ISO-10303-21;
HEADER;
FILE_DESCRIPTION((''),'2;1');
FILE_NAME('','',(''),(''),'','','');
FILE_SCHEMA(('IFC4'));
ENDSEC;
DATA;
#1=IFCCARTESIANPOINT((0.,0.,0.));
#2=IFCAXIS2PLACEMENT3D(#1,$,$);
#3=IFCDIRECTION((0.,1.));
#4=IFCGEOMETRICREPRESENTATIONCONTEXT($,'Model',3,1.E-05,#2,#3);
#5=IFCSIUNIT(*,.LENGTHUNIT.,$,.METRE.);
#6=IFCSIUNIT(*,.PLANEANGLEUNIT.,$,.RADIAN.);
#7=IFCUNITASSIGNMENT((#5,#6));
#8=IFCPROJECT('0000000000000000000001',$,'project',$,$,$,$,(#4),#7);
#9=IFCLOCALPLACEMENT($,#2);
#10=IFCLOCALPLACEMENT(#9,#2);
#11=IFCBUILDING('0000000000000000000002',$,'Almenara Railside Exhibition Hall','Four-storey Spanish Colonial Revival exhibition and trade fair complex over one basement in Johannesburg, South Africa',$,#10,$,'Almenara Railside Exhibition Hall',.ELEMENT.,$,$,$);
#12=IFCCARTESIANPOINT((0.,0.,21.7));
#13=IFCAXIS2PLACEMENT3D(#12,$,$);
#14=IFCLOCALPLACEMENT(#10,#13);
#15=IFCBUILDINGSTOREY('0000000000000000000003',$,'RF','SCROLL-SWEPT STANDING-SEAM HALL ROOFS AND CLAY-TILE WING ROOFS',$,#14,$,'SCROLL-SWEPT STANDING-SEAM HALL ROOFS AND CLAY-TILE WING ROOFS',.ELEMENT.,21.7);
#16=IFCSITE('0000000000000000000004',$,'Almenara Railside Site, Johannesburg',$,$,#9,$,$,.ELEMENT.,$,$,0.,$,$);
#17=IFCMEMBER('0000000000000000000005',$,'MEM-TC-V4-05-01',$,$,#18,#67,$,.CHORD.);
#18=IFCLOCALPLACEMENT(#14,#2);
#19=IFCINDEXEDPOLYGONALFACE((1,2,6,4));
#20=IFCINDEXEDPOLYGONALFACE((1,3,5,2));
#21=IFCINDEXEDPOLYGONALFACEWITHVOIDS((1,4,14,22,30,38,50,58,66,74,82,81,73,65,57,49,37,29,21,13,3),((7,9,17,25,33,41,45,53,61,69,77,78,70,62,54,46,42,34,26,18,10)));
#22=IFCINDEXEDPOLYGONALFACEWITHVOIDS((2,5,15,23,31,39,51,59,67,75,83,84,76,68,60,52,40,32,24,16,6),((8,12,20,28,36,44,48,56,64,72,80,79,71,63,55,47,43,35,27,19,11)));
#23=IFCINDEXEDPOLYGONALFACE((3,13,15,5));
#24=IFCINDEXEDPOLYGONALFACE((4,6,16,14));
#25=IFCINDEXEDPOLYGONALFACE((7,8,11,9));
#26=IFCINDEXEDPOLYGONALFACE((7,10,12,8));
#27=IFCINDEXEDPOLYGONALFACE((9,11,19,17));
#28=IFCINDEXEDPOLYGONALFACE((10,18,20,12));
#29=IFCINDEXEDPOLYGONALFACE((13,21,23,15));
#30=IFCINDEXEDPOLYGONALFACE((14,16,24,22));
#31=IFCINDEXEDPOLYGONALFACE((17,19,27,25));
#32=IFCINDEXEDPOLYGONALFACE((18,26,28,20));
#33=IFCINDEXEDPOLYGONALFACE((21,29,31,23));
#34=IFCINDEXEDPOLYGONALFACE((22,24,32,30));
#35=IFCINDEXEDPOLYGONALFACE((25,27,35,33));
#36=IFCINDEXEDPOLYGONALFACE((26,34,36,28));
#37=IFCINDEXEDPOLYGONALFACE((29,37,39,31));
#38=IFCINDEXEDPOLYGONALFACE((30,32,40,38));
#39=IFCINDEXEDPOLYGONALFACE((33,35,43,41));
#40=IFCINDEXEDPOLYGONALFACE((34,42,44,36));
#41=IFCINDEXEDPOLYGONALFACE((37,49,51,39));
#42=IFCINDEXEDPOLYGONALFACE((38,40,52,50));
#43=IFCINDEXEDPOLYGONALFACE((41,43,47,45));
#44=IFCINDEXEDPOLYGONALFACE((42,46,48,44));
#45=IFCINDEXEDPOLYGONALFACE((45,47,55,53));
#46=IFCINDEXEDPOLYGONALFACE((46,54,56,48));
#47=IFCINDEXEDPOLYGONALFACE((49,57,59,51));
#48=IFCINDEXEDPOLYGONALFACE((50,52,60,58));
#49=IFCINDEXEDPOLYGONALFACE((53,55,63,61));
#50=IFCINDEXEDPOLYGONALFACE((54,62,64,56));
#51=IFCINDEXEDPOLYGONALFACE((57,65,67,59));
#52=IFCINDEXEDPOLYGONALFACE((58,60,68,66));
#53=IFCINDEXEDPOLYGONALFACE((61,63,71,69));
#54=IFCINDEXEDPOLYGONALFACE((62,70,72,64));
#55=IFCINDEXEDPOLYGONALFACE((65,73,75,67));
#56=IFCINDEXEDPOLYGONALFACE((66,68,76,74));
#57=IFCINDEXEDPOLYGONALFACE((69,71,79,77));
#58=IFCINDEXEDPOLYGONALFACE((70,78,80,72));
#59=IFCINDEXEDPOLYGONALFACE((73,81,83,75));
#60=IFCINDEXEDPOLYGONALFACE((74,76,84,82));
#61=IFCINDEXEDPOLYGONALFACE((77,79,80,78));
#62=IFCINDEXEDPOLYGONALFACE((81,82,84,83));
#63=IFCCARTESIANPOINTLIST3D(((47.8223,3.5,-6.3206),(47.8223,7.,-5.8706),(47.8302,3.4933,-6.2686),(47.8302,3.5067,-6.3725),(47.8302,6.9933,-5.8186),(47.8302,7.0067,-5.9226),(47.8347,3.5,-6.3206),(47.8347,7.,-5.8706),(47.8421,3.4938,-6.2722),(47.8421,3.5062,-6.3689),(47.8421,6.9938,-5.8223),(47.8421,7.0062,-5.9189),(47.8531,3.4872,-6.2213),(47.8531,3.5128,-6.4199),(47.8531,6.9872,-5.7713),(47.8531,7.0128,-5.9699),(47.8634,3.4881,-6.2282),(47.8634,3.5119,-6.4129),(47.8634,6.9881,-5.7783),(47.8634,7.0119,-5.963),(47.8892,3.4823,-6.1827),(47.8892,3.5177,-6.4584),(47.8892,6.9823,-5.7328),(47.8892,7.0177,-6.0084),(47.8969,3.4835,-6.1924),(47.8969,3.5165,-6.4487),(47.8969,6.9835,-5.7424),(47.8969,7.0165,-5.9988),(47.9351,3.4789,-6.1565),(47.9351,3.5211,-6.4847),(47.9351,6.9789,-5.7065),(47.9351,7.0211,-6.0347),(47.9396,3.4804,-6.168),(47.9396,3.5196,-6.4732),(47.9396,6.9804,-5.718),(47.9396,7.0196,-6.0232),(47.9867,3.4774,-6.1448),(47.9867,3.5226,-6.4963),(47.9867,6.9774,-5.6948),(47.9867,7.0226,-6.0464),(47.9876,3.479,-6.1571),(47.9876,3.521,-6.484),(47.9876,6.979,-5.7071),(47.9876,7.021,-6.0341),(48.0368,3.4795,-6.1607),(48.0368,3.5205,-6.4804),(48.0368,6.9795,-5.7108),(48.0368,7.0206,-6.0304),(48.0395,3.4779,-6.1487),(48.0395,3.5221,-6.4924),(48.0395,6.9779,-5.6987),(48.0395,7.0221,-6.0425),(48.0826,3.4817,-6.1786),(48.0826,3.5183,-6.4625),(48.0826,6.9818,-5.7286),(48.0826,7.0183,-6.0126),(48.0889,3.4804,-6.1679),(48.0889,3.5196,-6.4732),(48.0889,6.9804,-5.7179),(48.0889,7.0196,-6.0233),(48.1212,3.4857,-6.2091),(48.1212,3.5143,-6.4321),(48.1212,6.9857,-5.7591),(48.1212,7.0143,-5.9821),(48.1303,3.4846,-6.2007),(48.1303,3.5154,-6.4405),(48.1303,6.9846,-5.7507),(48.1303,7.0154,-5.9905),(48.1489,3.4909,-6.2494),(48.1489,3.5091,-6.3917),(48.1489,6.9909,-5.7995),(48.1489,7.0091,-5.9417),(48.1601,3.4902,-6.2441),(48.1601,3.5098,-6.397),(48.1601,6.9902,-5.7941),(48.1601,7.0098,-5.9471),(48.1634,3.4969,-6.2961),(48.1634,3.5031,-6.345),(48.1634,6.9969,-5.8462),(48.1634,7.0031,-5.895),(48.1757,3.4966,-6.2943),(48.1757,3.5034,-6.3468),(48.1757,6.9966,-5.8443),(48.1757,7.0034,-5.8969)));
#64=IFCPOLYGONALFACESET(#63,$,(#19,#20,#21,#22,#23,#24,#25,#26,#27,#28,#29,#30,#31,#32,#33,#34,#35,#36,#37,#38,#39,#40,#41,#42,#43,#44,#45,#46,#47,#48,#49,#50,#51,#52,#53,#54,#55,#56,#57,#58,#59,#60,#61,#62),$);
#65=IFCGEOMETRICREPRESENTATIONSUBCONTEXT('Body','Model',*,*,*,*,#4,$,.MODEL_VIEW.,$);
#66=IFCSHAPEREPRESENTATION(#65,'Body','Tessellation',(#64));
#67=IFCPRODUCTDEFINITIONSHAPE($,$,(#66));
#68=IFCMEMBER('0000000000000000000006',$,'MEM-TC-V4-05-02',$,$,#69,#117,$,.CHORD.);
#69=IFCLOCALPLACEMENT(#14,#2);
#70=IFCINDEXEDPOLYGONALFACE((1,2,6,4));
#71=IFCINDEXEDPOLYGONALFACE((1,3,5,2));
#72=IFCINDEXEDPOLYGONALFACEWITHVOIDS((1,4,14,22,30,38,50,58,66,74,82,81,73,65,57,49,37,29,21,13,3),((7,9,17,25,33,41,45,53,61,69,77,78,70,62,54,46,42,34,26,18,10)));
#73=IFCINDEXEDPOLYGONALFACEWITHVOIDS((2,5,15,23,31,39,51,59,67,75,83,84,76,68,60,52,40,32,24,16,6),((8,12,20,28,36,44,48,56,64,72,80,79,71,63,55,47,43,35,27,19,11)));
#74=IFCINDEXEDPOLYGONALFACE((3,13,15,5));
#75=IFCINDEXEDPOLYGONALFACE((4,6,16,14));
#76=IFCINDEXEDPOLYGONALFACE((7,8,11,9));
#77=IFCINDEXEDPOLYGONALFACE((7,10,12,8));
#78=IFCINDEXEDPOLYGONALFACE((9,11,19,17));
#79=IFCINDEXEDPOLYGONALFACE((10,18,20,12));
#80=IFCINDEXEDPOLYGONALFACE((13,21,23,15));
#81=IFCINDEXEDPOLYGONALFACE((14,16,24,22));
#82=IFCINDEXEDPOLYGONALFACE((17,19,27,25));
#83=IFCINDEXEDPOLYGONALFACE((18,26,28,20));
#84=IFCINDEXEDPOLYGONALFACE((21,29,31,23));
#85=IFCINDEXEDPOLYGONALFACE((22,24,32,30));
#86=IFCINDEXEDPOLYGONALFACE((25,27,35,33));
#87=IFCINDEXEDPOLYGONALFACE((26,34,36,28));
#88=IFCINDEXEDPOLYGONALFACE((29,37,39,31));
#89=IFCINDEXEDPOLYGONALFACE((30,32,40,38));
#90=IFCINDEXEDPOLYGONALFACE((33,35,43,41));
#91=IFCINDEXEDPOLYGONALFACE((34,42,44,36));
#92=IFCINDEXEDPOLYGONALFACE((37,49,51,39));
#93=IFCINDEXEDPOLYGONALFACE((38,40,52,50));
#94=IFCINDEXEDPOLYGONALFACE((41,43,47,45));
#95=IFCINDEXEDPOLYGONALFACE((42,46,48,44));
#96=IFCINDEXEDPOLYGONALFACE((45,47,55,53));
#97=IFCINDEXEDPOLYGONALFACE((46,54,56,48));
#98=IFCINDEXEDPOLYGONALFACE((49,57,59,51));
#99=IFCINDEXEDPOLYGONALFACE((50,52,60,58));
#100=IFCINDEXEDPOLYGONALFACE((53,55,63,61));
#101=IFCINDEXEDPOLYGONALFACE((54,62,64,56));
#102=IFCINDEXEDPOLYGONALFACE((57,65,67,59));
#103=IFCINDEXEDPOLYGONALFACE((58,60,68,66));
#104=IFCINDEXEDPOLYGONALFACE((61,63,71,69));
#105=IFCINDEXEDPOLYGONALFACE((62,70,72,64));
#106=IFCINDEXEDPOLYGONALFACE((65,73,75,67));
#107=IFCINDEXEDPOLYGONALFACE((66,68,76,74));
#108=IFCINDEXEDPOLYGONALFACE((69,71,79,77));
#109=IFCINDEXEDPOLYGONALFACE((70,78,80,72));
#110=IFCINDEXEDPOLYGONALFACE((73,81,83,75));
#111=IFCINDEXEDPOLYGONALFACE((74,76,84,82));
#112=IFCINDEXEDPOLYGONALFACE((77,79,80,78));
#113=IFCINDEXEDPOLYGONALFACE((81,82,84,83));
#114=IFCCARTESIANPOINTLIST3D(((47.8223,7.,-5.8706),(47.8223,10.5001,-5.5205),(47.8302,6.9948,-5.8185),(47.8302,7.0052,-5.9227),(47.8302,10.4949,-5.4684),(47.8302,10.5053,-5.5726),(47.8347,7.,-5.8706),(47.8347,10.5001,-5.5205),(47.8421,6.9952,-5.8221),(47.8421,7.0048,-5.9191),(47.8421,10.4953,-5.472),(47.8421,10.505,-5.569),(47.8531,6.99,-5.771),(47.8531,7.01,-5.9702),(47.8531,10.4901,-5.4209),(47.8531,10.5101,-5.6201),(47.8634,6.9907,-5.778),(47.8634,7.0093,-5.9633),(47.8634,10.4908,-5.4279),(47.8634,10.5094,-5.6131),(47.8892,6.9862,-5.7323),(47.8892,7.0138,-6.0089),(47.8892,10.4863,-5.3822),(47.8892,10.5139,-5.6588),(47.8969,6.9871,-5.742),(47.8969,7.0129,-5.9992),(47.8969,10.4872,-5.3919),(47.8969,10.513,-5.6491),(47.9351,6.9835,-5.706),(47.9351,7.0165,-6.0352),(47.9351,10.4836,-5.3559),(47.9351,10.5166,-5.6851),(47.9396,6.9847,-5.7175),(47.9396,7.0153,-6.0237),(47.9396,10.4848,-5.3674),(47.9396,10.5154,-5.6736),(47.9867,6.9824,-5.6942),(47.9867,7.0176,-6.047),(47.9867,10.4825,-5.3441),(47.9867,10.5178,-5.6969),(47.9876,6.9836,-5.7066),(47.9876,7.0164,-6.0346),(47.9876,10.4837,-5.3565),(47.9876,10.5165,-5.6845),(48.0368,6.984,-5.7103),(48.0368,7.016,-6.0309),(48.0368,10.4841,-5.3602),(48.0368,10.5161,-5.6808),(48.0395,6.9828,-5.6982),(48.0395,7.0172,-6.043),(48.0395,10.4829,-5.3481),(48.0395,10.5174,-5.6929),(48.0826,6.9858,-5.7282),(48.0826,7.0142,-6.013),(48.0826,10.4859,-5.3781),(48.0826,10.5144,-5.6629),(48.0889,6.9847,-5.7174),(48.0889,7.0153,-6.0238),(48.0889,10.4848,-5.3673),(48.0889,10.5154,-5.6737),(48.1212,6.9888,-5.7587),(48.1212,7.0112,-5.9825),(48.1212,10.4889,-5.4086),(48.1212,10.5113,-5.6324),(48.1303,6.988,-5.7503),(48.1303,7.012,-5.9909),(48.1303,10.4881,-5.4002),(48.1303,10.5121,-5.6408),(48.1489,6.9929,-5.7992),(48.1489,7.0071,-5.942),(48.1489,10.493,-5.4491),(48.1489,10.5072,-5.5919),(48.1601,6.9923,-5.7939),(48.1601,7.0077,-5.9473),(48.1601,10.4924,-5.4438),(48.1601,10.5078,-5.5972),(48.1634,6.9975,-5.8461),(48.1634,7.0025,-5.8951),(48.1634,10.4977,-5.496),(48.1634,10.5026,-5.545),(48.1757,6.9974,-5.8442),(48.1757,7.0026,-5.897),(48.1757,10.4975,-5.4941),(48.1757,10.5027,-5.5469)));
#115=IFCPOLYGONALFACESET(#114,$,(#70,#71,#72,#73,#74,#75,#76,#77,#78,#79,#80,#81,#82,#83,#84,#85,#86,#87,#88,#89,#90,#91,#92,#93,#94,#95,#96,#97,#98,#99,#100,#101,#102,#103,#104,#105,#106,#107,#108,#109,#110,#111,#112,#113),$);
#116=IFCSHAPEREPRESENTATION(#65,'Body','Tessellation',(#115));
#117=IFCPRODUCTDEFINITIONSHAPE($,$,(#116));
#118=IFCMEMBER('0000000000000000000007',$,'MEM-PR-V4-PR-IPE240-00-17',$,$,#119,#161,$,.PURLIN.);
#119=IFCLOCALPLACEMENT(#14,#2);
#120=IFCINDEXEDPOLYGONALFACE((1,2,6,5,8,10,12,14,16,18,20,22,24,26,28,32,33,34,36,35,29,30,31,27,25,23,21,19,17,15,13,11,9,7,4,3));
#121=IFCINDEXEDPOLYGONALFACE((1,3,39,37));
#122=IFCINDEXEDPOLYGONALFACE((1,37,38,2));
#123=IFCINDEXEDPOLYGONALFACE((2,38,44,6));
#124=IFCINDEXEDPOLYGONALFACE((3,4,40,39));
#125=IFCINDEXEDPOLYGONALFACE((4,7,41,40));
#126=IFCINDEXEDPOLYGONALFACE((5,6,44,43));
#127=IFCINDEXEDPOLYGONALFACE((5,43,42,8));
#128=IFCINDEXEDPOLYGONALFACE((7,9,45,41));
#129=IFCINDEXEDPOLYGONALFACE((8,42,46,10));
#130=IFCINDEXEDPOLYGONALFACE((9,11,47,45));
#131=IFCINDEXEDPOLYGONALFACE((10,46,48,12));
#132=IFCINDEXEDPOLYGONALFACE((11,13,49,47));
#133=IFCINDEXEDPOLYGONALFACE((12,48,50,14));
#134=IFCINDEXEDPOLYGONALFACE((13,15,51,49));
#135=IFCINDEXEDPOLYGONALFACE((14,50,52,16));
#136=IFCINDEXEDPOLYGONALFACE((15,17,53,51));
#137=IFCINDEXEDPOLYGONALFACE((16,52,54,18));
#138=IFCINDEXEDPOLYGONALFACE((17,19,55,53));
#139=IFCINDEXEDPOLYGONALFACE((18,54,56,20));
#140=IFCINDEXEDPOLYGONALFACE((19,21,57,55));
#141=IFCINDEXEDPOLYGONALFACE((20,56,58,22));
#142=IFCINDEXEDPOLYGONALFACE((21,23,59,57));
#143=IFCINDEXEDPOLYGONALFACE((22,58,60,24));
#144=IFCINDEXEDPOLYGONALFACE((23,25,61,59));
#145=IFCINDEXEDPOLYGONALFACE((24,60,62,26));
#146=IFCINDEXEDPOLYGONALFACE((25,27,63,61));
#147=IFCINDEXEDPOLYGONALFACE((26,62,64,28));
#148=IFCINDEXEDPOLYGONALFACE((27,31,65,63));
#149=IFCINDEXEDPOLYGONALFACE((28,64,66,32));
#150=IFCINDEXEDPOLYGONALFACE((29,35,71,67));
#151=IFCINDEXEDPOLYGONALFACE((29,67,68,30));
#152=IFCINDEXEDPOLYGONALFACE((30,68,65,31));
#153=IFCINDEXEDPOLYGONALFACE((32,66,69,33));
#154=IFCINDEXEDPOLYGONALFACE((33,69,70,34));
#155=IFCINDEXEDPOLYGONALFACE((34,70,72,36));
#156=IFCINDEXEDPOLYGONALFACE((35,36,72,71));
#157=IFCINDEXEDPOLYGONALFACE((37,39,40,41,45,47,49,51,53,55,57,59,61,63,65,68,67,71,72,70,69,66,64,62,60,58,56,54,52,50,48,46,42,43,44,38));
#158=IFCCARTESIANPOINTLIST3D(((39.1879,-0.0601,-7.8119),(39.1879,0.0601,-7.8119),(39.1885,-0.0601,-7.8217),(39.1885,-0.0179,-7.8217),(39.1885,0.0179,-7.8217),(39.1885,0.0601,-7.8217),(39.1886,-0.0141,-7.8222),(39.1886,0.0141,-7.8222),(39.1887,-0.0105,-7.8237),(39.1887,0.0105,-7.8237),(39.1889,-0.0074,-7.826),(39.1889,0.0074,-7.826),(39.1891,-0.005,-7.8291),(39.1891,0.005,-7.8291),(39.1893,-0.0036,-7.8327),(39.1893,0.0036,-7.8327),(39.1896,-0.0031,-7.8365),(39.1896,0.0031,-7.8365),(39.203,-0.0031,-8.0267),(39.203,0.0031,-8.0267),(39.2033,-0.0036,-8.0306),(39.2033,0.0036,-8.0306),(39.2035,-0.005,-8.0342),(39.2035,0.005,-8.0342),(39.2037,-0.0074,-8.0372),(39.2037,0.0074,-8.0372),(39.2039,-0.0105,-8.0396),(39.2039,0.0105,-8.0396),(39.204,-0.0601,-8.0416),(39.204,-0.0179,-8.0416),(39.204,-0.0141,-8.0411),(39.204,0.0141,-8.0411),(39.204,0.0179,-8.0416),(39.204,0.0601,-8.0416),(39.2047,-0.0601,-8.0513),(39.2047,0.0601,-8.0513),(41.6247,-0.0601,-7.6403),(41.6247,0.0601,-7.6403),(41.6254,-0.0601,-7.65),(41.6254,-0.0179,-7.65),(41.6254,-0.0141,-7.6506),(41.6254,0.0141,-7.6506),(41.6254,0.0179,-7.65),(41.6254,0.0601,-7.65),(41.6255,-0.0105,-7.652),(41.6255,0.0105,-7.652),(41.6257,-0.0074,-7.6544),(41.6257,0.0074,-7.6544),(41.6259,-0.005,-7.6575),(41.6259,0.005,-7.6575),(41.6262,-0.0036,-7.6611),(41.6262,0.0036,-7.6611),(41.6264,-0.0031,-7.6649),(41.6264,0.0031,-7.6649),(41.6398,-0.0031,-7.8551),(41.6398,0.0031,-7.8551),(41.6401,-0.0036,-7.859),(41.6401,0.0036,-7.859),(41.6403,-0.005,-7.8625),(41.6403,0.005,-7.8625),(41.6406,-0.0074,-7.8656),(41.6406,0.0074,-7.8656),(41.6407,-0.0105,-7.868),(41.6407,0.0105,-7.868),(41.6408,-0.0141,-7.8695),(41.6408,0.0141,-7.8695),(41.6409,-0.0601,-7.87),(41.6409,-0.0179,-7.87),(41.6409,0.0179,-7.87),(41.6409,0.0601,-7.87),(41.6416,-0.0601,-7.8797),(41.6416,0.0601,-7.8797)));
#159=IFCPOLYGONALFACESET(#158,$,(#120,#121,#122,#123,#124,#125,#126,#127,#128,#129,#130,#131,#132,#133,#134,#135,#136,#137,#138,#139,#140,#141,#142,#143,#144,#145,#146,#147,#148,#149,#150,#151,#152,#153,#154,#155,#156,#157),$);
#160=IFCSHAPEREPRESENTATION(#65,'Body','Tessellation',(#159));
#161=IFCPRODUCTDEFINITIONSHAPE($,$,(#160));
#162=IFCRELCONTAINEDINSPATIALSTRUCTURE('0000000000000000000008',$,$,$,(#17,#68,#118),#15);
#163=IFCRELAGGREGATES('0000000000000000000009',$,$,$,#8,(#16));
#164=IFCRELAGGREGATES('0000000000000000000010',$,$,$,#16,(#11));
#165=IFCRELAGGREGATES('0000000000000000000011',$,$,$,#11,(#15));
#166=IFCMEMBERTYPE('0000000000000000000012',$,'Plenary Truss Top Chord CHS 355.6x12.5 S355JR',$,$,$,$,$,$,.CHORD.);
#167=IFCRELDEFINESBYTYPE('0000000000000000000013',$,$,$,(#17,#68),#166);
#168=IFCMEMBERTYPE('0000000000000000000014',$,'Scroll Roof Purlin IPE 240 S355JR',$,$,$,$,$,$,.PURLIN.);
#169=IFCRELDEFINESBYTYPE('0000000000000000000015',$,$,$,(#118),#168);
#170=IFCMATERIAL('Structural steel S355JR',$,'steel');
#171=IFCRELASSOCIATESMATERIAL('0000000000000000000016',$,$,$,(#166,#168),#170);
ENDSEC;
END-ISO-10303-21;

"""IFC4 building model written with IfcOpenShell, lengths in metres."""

from ifc_helpers import new_model, si_unit, direction, frame, origin, origin_2d, place, context, subcontext, project, spatial, hollow_circle, i_section, extrude, material, material_profile, profile_set, type_object, element, save


model = new_model("IFC4")

# Units and contexts
model_context = context("Model", 3, precision=1e-05, world=origin(), true_north=direction((0.0, 1.0)))
body_context = subcontext(model_context, "Body", "Model", "MODEL_VIEW")
ifc_project = project(units=[si_unit("LENGTHUNIT", "METRE"), si_unit("PLANEANGLEUNIT", "RADIAN")], contexts=[model_context])

# Site, building, storey
site_placement = place(None, origin())
site = spatial("IfcSite", under=ifc_project, at=site_placement, Name="Almenara Railside Site, Johannesburg", CompositionType="ELEMENT", RefElevation=0.0)
building_placement = place(site_placement, origin())
building = spatial("IfcBuilding", under=site, at=building_placement, Name="Almenara Railside Exhibition Hall", Description="Four-storey Spanish Colonial Revival exhibition and trade fair complex over one basement in Johannesburg, South Africa", LongName="Almenara Railside Exhibition Hall", CompositionType="ELEMENT")
storey_placement = place(building_placement, frame((0.0, 0.0, 21.7)))
storey = spatial("IfcBuildingStorey", under=building, at=storey_placement, Name="RF", Description="SCROLL-SWEPT STANDING-SEAM HALL ROOFS AND CLAY-TILE WING ROOFS", LongName="SCROLL-SWEPT STANDING-SEAM HALL ROOFS AND CLAY-TILE WING ROOFS", CompositionType="ELEMENT", Elevation=21.7)

# Shared definitions
ifc_material_1 = material(Name="Structural steel S355JR", Category="steel")

# Members
ifc_material_profile_1 = material_profile(ifc_material_1, hollow_circle(Radius=0.1777, WallThickness=0.0125, at=origin_2d()), Name="CHS 355.6x12.5")
ifc_profile_set_1 = profile_set([ifc_material_profile_1], Name="Structural steel S355JR")
member_type_1 = type_object("IfcMemberType", Name="Plenary Truss Top Chord CHS 355.6x12.5 S355JR", PredefinedType="CHORD", material=ifc_profile_set_1)
member_1_placement = place(storey_placement, frame((48.0, 3.5, -6.3206), z_axis=(0.0, 0.991838, 0.127508), x_axis=(-1.0, 0.0, 0.0)))
element("IfcMember", 1, at=member_1_placement, inside=storey, type_object=member_type_1, Name="MEM-TC-V4-05-01", PredefinedType="CHORD", context=body_context, shape_type="SweptSolid", body=[
    extrude(hollow_circle(Radius=0.1777, WallThickness=0.0125, at=origin_2d()), origin(), (0.0, 0.0, 1.0), 3.5288),
])
member_2_placement = place(storey_placement, frame((48.0, 7.0, -5.8706), z_axis=(0.0, 0.995034, 0.099531), x_axis=(-1.0, 0.0, 0.0)))
element("IfcMember", 2, at=member_2_placement, inside=storey, type_object=member_type_1, Name="MEM-TC-V4-05-02", PredefinedType="CHORD", context=body_context, shape_type="SweptSolid", body=[
    extrude(hollow_circle(Radius=0.1777, WallThickness=0.0125, at=origin_2d()), origin(), (0.0, 0.0, 1.0), 3.5176),
])
ifc_material_profile_2 = material_profile(ifc_material_1, i_section(OverallWidth=0.1201, OverallDepth=0.24, WebThickness=0.0061, FlangeThickness=0.0098, FilletRadius=0.0149, at=origin_2d()), Name="IPE 240")
ifc_profile_set_2 = profile_set([ifc_material_profile_2], Name="Structural steel S355JR")
member_type_2 = type_object("IfcMemberType", Name="Scroll Roof Purlin IPE 240 S355JR", PredefinedType="PURLIN", material=ifc_profile_set_2)
member_3_placement = place(storey_placement, frame((39.1963, 0.0, -7.9316), z_axis=(0.997529, 0.0, 0.07026), x_axis=(0.0, 1.0, 0.0)))
element("IfcMember", 3, at=member_3_placement, inside=storey, type_object=member_type_2, Name="MEM-PR-V4-PR-IPE240-00-17", PredefinedType="PURLIN", context=body_context, shape_type="SweptSolid", body=[
    extrude(i_section(OverallWidth=0.1201, OverallDepth=0.24, WebThickness=0.0061, FlangeThickness=0.0098, FilletRadius=0.0149, at=origin_2d()), origin(), (0.0, 0.0, 1.0), 2.4429),
])

save(model, "model.ifc")
